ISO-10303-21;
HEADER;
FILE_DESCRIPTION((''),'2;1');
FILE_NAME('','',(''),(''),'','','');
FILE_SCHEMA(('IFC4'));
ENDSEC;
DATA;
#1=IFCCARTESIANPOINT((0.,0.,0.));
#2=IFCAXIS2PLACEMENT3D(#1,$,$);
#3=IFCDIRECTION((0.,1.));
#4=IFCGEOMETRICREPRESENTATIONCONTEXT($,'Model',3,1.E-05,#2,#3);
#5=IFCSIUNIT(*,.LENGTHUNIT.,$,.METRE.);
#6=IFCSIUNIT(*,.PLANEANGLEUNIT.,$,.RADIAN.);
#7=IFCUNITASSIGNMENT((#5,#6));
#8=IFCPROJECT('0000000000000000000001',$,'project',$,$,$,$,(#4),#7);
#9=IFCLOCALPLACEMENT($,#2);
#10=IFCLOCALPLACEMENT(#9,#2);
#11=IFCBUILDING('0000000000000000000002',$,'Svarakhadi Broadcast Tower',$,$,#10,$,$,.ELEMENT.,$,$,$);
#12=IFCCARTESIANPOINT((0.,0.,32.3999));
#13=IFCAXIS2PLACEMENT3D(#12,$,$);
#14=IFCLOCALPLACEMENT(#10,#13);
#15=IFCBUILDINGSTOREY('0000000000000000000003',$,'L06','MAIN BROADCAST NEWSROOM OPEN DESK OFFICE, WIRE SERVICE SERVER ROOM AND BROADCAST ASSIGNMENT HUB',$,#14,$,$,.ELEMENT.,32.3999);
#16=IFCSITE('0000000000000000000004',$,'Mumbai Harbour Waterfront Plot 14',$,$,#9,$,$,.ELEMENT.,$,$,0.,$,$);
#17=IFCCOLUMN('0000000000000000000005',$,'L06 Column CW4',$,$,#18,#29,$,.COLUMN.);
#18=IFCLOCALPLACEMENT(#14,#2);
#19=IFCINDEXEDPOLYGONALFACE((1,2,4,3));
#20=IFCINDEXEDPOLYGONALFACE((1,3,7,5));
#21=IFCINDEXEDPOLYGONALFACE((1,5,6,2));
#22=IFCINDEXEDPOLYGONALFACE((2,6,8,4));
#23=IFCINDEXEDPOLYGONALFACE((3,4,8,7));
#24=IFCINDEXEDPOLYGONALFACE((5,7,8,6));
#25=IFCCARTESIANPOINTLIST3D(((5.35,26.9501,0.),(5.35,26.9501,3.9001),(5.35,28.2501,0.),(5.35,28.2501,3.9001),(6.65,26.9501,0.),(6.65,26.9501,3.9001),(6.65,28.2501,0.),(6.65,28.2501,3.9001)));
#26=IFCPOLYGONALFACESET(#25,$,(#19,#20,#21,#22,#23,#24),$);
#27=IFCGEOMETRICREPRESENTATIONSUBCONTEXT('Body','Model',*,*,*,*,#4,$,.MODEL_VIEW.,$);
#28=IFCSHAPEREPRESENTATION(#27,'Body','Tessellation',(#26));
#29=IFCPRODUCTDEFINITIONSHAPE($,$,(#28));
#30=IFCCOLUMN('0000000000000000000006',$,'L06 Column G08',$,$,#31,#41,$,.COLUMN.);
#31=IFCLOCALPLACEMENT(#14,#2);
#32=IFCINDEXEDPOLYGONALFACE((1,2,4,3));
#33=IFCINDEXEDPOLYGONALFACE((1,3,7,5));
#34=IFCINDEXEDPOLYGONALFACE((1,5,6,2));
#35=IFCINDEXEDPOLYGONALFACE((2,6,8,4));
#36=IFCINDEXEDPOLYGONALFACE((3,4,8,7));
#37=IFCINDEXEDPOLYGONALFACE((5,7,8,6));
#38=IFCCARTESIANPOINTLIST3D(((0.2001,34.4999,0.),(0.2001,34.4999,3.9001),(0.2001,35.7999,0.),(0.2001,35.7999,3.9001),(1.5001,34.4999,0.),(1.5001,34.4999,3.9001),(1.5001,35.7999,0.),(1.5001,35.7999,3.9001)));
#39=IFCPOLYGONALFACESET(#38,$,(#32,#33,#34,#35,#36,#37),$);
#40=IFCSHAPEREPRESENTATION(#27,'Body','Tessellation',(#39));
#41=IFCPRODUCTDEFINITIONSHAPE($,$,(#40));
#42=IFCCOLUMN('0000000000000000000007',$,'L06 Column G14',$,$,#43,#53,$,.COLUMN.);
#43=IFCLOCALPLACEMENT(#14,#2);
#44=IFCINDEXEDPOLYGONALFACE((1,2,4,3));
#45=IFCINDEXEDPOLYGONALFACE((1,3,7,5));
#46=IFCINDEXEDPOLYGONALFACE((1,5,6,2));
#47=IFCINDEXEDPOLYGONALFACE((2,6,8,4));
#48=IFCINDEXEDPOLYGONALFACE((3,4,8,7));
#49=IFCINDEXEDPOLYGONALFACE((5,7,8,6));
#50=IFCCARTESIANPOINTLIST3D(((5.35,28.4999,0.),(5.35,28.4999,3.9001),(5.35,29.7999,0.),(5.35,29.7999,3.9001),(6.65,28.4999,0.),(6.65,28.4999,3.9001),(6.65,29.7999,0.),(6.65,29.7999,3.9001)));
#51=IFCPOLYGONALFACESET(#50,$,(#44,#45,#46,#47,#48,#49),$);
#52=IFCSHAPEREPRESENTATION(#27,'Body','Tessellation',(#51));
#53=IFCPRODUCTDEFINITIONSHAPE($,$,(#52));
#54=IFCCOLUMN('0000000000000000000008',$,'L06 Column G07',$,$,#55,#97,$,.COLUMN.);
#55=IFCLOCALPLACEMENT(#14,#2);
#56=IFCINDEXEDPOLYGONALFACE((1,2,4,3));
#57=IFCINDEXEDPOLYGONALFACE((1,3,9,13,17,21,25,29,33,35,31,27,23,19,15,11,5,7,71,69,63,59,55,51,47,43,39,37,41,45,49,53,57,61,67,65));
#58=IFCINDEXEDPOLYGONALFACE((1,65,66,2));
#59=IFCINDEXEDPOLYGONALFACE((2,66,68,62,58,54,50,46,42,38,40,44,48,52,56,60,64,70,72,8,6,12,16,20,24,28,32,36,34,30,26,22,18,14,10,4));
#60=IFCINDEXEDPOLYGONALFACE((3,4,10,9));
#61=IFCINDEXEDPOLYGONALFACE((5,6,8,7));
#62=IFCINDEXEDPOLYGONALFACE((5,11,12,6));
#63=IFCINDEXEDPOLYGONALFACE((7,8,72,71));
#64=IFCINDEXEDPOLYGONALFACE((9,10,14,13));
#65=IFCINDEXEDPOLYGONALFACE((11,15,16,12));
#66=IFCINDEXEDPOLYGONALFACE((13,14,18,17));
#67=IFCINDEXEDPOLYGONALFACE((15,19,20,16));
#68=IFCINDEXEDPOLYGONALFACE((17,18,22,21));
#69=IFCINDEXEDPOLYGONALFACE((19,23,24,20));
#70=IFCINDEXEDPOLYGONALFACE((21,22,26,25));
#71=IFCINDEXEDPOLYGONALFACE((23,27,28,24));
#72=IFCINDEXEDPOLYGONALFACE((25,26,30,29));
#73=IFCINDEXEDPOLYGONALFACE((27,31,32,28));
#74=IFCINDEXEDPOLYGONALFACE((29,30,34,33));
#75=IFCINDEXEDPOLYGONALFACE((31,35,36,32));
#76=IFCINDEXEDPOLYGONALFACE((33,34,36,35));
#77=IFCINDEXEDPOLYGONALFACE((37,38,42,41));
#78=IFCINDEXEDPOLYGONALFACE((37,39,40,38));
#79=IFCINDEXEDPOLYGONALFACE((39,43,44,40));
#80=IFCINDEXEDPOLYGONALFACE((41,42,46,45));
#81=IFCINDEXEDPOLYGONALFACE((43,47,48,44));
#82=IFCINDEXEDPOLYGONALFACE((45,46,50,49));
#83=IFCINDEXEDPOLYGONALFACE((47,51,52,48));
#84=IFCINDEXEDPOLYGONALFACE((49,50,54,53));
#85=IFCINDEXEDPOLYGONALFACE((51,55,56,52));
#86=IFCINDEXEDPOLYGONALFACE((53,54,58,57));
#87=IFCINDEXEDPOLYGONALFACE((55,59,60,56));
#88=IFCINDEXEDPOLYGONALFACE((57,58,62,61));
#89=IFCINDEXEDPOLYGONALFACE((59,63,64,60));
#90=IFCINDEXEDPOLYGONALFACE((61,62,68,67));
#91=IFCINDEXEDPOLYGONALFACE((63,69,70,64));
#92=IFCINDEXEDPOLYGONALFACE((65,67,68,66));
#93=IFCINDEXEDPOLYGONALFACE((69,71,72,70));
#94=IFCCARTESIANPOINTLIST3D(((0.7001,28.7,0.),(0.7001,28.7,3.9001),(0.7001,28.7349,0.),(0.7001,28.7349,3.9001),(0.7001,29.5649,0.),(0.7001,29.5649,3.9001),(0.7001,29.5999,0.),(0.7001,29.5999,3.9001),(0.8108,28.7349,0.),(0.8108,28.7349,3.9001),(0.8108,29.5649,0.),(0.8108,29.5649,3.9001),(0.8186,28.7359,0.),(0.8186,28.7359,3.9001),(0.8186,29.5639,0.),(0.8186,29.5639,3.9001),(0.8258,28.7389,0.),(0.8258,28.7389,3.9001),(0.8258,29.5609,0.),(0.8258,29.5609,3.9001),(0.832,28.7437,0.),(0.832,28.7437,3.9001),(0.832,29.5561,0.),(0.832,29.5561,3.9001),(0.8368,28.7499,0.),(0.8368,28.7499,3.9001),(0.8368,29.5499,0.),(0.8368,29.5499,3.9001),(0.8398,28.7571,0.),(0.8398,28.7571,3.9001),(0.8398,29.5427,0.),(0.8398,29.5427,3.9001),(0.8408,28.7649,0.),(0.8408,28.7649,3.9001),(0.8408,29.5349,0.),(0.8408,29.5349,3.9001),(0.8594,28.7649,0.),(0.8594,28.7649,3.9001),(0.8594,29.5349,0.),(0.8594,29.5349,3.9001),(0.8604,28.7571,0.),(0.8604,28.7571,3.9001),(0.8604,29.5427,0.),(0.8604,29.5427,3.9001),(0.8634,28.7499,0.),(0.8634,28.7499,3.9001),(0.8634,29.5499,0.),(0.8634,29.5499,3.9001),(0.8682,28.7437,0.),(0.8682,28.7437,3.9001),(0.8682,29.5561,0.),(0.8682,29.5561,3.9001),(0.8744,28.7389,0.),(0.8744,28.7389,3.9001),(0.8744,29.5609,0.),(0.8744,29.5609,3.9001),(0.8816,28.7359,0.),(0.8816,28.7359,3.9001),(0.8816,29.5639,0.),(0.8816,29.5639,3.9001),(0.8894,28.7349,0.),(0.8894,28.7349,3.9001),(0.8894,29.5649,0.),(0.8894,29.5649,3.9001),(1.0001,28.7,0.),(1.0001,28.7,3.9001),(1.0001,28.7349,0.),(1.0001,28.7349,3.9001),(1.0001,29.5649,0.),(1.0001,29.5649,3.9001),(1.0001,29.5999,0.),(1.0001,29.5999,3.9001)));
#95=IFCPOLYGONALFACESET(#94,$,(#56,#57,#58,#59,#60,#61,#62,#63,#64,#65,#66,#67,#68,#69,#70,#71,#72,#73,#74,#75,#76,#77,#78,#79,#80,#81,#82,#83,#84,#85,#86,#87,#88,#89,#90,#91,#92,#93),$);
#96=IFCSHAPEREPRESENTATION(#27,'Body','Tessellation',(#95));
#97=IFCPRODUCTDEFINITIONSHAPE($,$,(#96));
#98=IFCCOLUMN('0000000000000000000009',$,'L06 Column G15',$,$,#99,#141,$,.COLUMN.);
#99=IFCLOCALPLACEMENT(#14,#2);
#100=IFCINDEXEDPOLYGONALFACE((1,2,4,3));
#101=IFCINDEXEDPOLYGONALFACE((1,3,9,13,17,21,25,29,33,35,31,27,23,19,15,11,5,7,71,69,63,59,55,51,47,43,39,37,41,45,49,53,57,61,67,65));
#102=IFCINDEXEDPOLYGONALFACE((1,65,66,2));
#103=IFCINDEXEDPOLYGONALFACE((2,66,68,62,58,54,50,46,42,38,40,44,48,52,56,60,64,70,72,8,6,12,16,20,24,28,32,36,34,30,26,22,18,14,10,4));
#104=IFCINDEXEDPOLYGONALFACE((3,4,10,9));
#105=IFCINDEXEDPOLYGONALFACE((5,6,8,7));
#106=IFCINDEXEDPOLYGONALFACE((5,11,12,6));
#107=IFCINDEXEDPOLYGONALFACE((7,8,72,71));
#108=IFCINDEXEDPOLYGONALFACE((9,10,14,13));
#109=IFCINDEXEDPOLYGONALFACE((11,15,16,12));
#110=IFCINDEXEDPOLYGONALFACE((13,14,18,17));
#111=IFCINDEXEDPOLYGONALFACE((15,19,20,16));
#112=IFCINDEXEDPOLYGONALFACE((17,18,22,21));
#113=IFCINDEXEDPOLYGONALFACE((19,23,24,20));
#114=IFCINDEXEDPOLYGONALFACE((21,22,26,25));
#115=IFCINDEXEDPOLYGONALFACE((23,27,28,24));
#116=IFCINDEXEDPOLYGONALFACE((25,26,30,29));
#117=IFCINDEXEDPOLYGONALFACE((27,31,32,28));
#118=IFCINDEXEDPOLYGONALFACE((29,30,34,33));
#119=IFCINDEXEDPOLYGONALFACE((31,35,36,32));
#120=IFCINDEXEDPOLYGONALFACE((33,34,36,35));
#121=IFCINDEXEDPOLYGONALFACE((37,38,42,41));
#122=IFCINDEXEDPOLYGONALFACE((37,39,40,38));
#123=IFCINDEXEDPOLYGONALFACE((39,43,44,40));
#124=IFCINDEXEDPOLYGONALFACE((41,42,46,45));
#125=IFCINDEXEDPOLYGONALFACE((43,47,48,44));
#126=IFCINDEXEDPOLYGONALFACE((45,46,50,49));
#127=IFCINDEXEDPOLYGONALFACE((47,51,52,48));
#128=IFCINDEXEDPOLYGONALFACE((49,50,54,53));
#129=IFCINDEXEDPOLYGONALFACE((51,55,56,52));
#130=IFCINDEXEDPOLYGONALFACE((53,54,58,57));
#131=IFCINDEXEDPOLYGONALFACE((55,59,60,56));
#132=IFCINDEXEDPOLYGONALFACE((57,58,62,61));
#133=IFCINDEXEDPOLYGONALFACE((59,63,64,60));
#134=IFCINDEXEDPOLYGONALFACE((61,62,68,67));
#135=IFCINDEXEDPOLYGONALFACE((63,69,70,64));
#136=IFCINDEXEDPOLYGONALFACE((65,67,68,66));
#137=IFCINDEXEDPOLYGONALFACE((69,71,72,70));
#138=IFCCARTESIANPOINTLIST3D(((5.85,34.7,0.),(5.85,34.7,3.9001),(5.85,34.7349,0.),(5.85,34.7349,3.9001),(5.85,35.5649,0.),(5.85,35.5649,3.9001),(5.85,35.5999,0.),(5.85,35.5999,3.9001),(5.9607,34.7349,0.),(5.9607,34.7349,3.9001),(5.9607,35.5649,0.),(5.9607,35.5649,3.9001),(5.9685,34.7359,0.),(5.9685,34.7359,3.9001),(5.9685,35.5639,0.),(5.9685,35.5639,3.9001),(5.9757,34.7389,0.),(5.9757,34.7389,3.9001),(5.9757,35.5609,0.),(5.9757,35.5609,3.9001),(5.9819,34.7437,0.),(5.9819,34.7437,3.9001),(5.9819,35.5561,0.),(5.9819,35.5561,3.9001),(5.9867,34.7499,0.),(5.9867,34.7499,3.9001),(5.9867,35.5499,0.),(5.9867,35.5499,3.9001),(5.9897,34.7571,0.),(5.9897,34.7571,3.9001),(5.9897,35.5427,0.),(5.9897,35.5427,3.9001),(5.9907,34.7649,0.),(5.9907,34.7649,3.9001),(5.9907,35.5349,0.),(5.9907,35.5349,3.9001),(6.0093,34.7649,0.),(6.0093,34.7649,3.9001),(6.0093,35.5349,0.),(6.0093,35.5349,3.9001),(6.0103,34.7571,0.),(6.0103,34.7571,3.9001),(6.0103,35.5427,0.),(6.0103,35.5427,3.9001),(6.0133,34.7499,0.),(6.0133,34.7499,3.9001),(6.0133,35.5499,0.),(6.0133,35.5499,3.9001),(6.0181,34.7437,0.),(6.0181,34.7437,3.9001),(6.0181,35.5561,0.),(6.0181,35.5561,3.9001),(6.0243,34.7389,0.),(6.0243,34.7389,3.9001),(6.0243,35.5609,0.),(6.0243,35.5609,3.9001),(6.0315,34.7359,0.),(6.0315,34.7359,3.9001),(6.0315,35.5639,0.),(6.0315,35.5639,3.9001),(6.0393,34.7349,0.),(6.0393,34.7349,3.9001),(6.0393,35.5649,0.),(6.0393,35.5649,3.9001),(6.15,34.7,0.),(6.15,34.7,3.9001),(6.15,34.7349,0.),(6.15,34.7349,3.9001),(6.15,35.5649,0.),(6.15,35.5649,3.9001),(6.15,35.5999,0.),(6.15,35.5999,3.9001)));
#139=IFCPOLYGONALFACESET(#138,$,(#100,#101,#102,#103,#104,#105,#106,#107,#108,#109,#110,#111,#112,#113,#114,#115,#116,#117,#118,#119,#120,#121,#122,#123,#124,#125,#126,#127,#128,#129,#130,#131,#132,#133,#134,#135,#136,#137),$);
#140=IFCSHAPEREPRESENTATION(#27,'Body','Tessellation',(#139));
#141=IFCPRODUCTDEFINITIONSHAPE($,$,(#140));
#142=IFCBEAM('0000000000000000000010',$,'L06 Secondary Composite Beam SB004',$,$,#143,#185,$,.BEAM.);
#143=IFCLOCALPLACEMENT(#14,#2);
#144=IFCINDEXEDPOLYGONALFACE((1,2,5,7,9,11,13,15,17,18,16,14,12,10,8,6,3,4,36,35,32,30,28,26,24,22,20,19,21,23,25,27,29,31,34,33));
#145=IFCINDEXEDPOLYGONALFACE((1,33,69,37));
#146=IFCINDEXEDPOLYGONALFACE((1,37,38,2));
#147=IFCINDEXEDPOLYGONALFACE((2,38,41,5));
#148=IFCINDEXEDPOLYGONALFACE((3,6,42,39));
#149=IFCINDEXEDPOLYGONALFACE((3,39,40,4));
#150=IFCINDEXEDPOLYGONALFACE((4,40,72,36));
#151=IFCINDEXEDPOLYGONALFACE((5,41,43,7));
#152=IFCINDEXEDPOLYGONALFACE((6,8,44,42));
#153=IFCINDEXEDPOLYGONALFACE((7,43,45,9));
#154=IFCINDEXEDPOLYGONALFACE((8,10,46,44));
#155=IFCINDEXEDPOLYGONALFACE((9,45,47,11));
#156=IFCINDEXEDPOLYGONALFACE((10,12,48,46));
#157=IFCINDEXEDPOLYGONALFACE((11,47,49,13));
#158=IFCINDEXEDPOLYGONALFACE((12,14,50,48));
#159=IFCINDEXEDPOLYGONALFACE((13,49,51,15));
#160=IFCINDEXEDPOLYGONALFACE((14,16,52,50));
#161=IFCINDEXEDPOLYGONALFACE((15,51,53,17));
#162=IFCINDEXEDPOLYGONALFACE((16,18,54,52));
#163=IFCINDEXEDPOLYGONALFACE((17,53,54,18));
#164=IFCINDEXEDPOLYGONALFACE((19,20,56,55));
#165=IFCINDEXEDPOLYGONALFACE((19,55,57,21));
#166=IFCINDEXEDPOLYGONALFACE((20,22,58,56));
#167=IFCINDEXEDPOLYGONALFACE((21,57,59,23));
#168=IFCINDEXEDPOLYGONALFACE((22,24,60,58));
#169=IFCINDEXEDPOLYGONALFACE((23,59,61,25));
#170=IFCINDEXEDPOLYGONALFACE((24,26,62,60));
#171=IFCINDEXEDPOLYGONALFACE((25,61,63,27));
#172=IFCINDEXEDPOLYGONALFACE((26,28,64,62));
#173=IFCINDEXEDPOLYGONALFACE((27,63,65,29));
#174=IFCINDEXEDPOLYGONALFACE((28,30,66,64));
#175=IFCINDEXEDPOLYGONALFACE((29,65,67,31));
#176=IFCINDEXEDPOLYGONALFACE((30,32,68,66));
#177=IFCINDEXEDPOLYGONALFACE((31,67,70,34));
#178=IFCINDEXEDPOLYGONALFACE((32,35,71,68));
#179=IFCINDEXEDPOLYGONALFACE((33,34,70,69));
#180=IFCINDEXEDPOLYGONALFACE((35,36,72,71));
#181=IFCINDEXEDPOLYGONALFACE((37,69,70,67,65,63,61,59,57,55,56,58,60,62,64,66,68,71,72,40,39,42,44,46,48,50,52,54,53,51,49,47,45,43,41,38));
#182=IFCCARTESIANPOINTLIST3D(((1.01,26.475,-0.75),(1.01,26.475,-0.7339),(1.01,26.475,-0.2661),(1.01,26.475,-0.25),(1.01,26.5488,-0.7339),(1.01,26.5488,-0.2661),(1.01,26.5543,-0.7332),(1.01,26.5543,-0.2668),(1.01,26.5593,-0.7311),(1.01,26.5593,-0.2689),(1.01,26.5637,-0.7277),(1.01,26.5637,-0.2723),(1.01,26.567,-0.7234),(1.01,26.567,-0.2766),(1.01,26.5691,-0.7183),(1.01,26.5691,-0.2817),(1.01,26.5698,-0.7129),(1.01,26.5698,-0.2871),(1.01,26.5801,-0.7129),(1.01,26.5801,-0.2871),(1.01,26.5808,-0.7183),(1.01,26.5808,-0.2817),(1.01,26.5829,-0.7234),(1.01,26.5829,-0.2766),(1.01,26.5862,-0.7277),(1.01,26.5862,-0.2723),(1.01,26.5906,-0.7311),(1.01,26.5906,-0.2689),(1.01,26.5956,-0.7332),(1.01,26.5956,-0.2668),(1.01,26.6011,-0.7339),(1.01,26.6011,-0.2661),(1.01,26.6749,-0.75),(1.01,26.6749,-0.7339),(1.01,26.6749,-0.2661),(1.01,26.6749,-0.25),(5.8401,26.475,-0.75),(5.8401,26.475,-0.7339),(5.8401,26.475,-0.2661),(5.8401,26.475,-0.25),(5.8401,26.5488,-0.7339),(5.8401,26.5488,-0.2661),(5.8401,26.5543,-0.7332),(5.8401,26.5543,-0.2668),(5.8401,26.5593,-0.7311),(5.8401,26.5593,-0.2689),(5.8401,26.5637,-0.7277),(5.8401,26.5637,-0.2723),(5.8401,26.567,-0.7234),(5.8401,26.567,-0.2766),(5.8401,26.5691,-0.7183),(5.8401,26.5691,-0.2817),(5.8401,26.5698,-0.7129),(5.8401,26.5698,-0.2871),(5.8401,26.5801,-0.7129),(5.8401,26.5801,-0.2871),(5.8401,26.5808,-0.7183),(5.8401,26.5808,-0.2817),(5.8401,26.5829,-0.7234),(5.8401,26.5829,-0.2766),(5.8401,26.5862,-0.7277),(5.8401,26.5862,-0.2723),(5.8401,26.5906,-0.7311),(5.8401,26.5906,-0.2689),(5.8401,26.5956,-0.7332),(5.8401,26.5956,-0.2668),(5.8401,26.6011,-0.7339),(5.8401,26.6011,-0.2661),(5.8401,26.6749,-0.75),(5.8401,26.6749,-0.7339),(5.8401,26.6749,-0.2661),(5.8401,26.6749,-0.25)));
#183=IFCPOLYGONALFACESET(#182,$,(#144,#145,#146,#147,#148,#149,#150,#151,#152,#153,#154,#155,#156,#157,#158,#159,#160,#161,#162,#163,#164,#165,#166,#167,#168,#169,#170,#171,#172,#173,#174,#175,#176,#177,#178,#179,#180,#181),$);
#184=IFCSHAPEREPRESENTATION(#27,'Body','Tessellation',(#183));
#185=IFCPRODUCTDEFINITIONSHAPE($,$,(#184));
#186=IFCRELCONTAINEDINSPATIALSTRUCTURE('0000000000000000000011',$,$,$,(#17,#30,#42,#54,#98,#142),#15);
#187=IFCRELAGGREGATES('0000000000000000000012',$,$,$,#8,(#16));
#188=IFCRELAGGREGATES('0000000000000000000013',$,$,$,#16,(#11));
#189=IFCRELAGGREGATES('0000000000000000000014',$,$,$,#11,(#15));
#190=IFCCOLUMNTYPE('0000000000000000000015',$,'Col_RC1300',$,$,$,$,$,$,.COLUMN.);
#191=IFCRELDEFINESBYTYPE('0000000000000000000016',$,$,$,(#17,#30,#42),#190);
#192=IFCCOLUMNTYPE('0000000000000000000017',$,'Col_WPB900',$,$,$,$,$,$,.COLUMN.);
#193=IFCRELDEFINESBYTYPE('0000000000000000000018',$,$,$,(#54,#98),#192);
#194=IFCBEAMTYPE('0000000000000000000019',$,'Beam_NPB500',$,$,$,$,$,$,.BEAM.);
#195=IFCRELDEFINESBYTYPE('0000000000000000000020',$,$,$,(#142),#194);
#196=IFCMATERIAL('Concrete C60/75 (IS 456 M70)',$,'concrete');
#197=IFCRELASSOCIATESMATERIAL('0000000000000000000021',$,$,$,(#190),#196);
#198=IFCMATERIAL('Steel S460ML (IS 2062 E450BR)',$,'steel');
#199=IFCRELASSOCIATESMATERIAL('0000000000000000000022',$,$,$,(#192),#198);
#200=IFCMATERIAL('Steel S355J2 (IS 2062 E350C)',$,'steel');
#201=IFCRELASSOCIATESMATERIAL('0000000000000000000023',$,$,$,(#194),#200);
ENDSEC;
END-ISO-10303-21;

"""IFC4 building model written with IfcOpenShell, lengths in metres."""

from ifc_helpers import new_model, si_unit, direction, frame, origin, origin_2d, place, context, subcontext, project, spatial, rectangle, i_section, extrude, material, material_profile, profile_set, type_object, element, save


model = new_model("IFC4")

# Units and contexts
model_context = context("Model", 3, precision=1e-05, world=origin(), true_north=direction((0.0, 1.0)))
body_context = subcontext(model_context, "Body", "Model", "MODEL_VIEW")
ifc_project = project(units=[si_unit("LENGTHUNIT", "METRE"), si_unit("PLANEANGLEUNIT", "RADIAN")], contexts=[model_context])

# Site, building, storey
site_placement = place(None, origin())
site = spatial("IfcSite", under=ifc_project, at=site_placement, Name="Mumbai Harbour Waterfront Plot 14", CompositionType="ELEMENT", RefElevation=0.0)
building_placement = place(site_placement, origin())
building = spatial("IfcBuilding", under=site, at=building_placement, Name="Svarakhadi Broadcast Tower", CompositionType="ELEMENT")
storey_placement = place(building_placement, frame((0.0, 0.0, 32.3999)))
storey = spatial("IfcBuildingStorey", under=building, at=storey_placement, Name="L06", Description="MAIN BROADCAST NEWSROOM OPEN DESK OFFICE, WIRE SERVICE SERVER ROOM AND BROADCAST ASSIGNMENT HUB", CompositionType="ELEMENT", Elevation=32.3999)

# Columns
ifc_material_1 = material(Name="Concrete C60/75 (IS 456 M70)", Category="concrete")
ifc_material_profile_1 = material_profile(ifc_material_1, rectangle(XDim=1.3, YDim=1.3, at=origin_2d()), Name="RC 1300x1300")
ifc_profile_set_1 = profile_set([ifc_material_profile_1], Name="Concrete C60/75 (IS 456 M70)")
column_type_1 = type_object("IfcColumnType", Name="Col_RC1300", PredefinedType="COLUMN", material=ifc_profile_set_1)
for number, where, z_axis, x_axis, name in (
    (1, (6.0, 27.6001, 0.0), (0.0, 0.0, 1.0), (1.0, 0.0, 0.0), "L06 Column CW4"),
    (2, (0.8501, 35.1499, 0.0), (0.0, 0.0, 1.0), (1.0, 0.0, 0.0), "L06 Column G08"),
    (3, (6.0, 29.1499, 0.0), (0.0, 0.0, 1.0), (1.0, 0.0, 0.0), "L06 Column G14"),
):
    element("IfcColumn", number, at=place(storey_placement, frame(where, z_axis=z_axis, x_axis=x_axis)), inside=storey, type_object=column_type_1, Name=name, PredefinedType="COLUMN", context=body_context, shape_type="SweptSolid", body=[
        extrude(rectangle(XDim=1.3, YDim=1.3, at=origin_2d()), origin(), (0.0, 0.0, 1.0), 3.9001),
    ])
ifc_material_2 = material(Name="Steel S460ML (IS 2062 E450BR)", Category="steel")
ifc_material_profile_2 = material_profile(ifc_material_2, i_section(OverallWidth=0.3, OverallDepth=0.8999, WebThickness=0.0186, FlangeThickness=0.0349, FilletRadius=0.03, at=origin_2d()), Name="WPB 900x300x291")
ifc_profile_set_2 = profile_set([ifc_material_profile_2], Name="Steel S460ML (IS 2062 E450BR)")
column_type_2 = type_object("IfcColumnType", Name="Col_WPB900", PredefinedType="COLUMN", material=ifc_profile_set_2)
for number, where, z_axis, x_axis, name in (
    (4, (0.8501, 29.1499, 0.0), (0.0, 0.0, 1.0), (1.0, 0.0, 0.0), "L06 Column G07"),
    (5, (6.0, 35.1499, 0.0), (0.0, 0.0, 1.0), (1.0, 0.0, 0.0), "L06 Column G15"),
):
    element("IfcColumn", number, at=place(storey_placement, frame(where, z_axis=z_axis, x_axis=x_axis)), inside=storey, type_object=column_type_2, Name=name, PredefinedType="COLUMN", context=body_context, shape_type="SweptSolid", body=[
        extrude(i_section(OverallWidth=0.3, OverallDepth=0.8999, WebThickness=0.0186, FlangeThickness=0.0349, FilletRadius=0.03, at=origin_2d()), origin(), (0.0, 0.0, 1.0), 3.9001),
    ])

# Beam
ifc_material_3 = material(Name="Steel S355J2 (IS 2062 E350C)", Category="steel")
ifc_material_profile_3 = material_profile(ifc_material_3, i_section(OverallWidth=0.2, OverallDepth=0.5, WebThickness=0.0103, FlangeThickness=0.0161, FilletRadius=0.021, at=origin_2d()), Name="NPB 500x200x91")
ifc_profile_set_3 = profile_set([ifc_material_profile_3], Name="Steel S355J2 (IS 2062 E350C)")
beam_type_1 = type_object("IfcBeamType", Name="Beam_NPB500", PredefinedType="BEAM", material=ifc_profile_set_3)
for number, where, z_axis, x_axis, name in (
    (6, (1.01, 26.575, -0.5), (1.0, 0.0, 0.0), (0.0, 1.0, 0.0), "L06 Secondary Composite Beam SB004"),
):
    element("IfcBeam", number, at=place(storey_placement, frame(where, z_axis=z_axis, x_axis=x_axis)), inside=storey, type_object=beam_type_1, Name=name, PredefinedType="BEAM", context=body_context, shape_type="SweptSolid", body=[
        extrude(i_section(OverallWidth=0.2, OverallDepth=0.5, WebThickness=0.0103, FlangeThickness=0.0161, FilletRadius=0.021, at=origin_2d()), origin(), (0.0, 0.0, 1.0), 4.8301),
    ])

save(model, "model.ifc")
